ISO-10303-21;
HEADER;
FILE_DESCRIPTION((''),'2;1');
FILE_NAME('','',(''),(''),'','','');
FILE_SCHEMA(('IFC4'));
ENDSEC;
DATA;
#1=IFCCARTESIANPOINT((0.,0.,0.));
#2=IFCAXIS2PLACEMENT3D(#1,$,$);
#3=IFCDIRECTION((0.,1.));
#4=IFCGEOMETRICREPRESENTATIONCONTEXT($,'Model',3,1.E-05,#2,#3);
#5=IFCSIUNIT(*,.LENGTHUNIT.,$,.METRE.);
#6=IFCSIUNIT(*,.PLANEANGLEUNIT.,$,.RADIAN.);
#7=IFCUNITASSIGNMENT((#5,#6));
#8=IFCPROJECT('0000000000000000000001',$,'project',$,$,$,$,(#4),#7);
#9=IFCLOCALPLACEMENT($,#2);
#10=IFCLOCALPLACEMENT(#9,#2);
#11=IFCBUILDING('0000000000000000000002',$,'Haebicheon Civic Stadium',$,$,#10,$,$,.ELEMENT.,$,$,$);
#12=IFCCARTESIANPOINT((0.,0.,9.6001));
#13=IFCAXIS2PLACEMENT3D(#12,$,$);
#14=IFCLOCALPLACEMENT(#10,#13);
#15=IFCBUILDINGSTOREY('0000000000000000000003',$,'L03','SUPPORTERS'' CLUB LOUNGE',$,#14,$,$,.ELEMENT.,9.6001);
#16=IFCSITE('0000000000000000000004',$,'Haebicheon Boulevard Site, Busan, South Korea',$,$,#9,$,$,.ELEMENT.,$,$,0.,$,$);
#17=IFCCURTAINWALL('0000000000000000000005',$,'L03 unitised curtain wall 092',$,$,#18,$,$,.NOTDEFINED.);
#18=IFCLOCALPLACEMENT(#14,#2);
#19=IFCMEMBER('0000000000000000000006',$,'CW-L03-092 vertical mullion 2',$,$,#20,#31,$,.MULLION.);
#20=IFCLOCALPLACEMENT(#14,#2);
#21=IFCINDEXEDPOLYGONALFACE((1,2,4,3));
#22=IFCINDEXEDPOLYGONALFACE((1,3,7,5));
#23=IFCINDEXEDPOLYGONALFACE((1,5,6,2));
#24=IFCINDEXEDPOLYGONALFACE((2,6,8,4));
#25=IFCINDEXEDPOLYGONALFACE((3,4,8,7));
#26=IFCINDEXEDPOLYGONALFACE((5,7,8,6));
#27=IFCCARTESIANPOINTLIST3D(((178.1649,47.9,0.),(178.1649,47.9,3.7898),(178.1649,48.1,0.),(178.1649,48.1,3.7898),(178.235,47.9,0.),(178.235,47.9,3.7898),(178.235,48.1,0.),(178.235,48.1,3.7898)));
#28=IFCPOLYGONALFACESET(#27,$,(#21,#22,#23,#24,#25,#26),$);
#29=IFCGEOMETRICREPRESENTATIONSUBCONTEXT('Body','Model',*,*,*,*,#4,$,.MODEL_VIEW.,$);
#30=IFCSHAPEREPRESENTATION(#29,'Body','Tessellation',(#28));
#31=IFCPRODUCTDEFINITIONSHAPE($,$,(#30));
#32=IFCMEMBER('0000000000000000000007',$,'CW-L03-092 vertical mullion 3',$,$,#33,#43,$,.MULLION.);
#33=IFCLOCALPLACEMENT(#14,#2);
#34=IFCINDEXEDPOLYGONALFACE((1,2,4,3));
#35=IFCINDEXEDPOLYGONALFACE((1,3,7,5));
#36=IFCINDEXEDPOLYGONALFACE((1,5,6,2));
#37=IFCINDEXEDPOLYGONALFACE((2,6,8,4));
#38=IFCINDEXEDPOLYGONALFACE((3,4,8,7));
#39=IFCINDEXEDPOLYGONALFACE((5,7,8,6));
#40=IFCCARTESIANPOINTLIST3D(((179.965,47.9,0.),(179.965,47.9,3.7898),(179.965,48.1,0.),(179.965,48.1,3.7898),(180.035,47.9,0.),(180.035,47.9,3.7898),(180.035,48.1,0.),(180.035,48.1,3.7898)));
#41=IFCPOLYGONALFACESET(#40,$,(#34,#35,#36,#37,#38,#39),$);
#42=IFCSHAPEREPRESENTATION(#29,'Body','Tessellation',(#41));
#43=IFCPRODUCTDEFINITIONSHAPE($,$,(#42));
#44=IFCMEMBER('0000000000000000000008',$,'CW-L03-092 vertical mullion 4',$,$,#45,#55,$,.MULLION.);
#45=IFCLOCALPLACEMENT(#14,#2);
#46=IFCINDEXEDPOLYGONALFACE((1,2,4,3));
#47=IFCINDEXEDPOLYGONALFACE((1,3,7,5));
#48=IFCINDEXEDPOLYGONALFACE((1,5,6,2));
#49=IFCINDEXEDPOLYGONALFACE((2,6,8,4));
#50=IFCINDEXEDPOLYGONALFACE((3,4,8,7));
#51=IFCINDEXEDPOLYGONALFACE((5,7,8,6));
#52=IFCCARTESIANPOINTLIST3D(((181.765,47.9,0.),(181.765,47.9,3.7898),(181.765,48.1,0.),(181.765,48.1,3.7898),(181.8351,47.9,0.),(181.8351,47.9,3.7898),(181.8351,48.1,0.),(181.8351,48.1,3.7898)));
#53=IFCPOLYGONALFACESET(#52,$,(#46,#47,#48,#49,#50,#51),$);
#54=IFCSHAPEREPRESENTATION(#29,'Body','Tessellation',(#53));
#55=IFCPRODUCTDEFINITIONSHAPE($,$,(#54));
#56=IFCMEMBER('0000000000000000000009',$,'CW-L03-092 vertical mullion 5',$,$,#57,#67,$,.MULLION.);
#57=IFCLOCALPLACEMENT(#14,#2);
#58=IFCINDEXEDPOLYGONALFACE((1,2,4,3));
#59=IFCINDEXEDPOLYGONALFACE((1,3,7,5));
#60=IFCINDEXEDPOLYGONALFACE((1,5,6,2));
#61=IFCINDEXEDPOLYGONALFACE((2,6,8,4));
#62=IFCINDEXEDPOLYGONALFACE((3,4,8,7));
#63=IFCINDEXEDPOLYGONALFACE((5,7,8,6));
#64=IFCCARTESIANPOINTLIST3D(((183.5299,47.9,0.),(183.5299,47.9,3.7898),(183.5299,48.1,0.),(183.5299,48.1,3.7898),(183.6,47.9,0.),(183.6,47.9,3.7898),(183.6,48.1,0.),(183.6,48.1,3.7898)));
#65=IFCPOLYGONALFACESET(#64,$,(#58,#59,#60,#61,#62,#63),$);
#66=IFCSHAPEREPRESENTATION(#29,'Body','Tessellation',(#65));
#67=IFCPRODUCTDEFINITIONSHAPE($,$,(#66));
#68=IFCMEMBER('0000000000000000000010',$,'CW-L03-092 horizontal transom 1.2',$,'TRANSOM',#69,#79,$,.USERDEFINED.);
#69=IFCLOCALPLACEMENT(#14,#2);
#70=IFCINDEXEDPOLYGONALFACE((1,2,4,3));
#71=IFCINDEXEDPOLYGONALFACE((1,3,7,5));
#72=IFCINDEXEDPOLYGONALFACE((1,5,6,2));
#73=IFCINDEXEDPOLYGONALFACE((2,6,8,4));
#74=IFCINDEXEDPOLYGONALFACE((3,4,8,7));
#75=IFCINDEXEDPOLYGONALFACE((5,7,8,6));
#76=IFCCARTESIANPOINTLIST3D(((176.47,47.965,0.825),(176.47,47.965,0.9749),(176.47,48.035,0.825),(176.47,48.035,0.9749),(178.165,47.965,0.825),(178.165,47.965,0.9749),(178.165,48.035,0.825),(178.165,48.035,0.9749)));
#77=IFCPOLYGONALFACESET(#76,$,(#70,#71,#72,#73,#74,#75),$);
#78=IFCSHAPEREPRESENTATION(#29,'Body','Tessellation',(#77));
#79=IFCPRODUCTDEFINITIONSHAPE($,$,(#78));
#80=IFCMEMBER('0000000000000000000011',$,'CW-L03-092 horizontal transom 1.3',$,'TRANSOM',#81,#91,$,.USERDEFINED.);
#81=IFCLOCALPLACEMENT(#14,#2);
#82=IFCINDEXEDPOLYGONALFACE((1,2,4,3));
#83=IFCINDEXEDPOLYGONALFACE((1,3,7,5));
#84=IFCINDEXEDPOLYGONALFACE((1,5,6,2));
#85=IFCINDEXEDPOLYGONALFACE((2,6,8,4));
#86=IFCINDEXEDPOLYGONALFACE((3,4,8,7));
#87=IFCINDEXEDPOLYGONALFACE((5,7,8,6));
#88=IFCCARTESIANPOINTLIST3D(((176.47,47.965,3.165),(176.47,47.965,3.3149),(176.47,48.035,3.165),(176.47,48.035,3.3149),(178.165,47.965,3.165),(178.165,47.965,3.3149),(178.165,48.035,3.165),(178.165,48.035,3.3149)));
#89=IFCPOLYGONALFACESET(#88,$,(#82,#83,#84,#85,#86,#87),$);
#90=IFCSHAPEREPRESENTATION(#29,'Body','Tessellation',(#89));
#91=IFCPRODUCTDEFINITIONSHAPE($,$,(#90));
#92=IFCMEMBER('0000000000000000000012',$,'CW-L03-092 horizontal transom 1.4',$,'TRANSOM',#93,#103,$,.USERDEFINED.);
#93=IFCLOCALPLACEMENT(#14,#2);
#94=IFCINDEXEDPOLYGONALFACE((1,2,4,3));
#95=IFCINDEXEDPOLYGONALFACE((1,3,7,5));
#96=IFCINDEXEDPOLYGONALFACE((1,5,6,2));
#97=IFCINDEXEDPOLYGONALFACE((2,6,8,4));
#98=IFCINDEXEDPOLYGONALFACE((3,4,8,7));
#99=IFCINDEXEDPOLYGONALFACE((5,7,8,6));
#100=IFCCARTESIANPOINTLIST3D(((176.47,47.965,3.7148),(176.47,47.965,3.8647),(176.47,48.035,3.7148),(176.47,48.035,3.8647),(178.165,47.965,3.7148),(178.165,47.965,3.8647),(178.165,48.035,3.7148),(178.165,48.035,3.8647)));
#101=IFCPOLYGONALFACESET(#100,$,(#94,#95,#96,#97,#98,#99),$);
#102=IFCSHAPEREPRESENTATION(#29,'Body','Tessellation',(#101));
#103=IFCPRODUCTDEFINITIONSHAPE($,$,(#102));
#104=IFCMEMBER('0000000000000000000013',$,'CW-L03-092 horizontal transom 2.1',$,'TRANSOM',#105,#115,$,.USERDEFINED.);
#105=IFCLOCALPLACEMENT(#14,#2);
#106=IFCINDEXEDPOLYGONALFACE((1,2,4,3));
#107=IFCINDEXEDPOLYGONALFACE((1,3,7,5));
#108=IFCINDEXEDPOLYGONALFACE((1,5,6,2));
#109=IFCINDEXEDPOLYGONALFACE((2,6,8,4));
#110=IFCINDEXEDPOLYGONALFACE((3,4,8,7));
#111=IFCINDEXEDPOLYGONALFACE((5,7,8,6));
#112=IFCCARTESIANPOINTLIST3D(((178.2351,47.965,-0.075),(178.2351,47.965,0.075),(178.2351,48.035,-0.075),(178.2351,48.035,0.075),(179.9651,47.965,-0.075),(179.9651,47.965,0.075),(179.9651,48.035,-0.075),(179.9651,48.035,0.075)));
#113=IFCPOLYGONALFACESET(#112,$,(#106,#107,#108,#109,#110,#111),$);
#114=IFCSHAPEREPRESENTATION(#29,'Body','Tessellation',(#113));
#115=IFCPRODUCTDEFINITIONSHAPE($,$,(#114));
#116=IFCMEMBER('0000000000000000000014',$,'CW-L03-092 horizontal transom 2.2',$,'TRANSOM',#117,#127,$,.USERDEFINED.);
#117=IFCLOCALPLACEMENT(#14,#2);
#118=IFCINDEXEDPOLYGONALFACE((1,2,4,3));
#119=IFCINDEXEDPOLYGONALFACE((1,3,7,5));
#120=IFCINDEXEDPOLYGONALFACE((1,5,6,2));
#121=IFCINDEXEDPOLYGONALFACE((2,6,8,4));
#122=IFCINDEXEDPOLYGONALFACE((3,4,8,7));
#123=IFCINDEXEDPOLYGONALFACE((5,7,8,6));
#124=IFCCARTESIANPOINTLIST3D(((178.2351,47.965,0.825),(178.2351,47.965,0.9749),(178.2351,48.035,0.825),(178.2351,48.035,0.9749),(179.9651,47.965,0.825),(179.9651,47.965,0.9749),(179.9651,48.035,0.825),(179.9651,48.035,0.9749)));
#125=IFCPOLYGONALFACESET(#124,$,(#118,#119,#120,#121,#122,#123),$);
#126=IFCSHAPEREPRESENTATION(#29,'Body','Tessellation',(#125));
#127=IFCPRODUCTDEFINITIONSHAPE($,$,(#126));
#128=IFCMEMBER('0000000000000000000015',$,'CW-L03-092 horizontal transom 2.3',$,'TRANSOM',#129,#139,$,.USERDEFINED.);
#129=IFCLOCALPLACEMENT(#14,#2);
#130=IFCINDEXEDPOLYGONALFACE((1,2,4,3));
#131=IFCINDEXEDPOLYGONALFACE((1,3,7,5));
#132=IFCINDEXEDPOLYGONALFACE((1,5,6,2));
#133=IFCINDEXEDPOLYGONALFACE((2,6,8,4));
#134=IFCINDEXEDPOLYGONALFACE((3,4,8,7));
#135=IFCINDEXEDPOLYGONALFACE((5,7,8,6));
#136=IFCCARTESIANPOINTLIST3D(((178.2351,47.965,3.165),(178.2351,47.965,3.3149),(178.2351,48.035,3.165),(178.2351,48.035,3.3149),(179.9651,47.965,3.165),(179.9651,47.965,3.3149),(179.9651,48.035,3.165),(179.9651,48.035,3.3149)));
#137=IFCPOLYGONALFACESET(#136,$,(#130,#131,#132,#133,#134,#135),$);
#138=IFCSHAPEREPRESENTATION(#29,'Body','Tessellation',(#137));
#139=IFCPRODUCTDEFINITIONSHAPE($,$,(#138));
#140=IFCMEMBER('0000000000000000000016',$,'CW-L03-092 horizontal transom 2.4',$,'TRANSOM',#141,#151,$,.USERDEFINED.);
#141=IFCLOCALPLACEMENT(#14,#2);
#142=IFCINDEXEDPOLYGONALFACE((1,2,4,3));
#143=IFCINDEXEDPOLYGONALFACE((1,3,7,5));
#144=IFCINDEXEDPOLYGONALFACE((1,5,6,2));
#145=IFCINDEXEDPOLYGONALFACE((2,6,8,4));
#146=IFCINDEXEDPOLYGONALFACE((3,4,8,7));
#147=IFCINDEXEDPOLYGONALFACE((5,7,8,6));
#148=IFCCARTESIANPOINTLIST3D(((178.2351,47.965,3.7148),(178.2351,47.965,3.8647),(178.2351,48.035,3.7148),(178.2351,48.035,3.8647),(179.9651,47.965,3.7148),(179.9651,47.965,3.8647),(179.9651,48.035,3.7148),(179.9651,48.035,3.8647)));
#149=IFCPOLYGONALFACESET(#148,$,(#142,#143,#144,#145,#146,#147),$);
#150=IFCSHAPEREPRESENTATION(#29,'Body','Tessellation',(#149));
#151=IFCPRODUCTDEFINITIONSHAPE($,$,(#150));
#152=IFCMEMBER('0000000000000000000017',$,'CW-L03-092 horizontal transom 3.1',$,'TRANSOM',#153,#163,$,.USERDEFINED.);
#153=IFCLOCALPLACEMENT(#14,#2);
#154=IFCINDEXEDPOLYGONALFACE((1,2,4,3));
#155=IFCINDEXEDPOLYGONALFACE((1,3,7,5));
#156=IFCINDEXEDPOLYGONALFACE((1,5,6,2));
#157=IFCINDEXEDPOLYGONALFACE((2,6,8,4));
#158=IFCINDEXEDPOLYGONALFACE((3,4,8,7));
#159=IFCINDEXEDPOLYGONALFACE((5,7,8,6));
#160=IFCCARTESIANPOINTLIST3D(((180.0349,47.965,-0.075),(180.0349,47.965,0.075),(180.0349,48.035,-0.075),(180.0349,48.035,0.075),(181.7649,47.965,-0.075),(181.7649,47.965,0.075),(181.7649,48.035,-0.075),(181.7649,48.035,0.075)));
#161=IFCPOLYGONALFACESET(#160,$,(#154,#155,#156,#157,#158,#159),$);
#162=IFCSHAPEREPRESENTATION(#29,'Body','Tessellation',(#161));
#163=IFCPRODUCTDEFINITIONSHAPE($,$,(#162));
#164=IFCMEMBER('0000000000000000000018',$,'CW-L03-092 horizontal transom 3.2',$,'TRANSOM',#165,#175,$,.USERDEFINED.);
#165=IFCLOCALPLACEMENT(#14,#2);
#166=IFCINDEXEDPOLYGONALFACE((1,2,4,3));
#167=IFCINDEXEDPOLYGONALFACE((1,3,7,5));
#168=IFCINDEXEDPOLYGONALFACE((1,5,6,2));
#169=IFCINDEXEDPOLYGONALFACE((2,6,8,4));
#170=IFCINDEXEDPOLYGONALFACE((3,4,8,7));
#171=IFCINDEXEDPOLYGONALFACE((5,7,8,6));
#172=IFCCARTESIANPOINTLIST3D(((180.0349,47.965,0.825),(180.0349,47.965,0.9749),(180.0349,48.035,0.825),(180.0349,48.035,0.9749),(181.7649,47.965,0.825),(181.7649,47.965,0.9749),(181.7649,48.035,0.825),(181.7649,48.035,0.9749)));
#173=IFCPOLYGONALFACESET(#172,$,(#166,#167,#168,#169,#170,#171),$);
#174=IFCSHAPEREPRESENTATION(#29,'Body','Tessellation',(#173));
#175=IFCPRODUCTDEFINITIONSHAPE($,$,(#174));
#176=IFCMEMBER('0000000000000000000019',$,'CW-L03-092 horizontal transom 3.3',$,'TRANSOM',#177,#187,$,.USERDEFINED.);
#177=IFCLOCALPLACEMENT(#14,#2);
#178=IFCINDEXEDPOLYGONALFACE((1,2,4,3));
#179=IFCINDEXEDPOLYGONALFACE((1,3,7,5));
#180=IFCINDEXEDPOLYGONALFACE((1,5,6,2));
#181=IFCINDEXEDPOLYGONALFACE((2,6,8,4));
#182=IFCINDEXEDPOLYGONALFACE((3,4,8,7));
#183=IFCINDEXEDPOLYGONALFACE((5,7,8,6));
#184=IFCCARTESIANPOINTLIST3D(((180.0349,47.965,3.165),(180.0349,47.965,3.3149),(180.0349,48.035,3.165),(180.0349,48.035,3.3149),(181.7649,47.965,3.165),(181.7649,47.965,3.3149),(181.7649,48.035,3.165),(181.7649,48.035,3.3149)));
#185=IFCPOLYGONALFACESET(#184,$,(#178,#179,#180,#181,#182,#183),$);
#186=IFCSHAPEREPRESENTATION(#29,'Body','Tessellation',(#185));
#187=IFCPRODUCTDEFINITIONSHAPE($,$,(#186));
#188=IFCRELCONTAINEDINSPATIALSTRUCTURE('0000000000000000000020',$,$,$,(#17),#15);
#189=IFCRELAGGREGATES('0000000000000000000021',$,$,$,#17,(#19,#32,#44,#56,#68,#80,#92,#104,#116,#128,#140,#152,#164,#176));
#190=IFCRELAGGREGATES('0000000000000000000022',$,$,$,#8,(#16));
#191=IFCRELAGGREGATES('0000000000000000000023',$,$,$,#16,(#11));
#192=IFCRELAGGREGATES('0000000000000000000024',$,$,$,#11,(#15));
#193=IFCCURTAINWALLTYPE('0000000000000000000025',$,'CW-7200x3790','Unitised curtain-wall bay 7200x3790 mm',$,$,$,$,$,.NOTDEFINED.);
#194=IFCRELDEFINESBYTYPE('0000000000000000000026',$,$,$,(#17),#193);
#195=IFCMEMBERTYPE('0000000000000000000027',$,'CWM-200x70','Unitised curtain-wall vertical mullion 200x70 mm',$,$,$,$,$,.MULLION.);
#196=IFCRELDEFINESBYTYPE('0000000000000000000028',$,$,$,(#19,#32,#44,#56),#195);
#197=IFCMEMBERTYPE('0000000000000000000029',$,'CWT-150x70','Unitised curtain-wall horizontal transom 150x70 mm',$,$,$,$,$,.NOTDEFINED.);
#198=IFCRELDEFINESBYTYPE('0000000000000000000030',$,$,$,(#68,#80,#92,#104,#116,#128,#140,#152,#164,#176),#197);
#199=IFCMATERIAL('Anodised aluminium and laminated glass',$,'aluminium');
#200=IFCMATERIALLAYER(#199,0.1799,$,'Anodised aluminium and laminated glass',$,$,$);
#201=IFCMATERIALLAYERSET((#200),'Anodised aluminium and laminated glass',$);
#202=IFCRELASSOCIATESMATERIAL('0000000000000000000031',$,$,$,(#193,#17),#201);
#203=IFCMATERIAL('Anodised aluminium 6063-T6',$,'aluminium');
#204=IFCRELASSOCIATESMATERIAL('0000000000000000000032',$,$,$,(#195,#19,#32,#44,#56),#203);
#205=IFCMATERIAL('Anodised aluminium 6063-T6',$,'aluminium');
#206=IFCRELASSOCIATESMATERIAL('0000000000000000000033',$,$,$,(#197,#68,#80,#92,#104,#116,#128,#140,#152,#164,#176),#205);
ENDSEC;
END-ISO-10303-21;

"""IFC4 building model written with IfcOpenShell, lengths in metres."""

from ifc_helpers import new_model, si_unit, direction, frame, origin, origin_2d, place, context, subcontext, project, spatial, rectangle, extrude, material, layer, layer_set, material_profile, profile_set, type_object, element, aggregate, save


model = new_model("IFC4")

# Units and contexts
model_context = context("Model", 3, precision=1e-05, world=origin(), true_north=direction((0.0, 1.0)))
body_context = subcontext(model_context, "Body", "Model", "MODEL_VIEW")
ifc_project = project(units=[si_unit("LENGTHUNIT", "METRE"), si_unit("PLANEANGLEUNIT", "RADIAN")], contexts=[model_context])

# Site, building, storey
site_placement = place(None, origin())
site = spatial("IfcSite", under=ifc_project, at=site_placement, Name="Haebicheon Boulevard Site, Busan, South Korea", CompositionType="ELEMENT", RefElevation=0.0)
building_placement = place(site_placement, origin())
building = spatial("IfcBuilding", under=site, at=building_placement, Name="Haebicheon Civic Stadium", CompositionType="ELEMENT")
storey_placement = place(building_placement, frame((0.0, 0.0, 9.6001)))
storey = spatial("IfcBuildingStorey", under=building, at=storey_placement, Name="L03", Description="SUPPORTERS' CLUB LOUNGE", CompositionType="ELEMENT", Elevation=9.6001)

# Curtain wall, members
ifc_material_1 = material(Name="Anodised aluminium and laminated glass", Category="aluminium")
ifc_layer_1 = layer(ifc_material_1, 0.1799, Name="Anodised aluminium and laminated glass")
ifc_layer_set_1 = layer_set([ifc_layer_1], Name="Anodised aluminium and laminated glass")
curtain_wall_type = type_object("IfcCurtainWallType", Name="CW-7200x3790", Description="Unitised curtain-wall bay 7200x3790 mm", PredefinedType="NOTDEFINED", material=ifc_layer_set_1)
curtain_wall_placement = place(storey_placement, origin())
curtain_wall = element("IfcCurtainWall", 1, at=curtain_wall_placement, inside=storey, type_object=curtain_wall_type, material=ifc_layer_set_1, Name="L03 unitised curtain wall 092", PredefinedType="NOTDEFINED")
ifc_material_2 = material(Name="Anodised aluminium 6063-T6", Category="aluminium")
ifc_material_profile_1 = material_profile(ifc_material_2, rectangle(XDim=0.0701, YDim=0.2, at=origin_2d()), Name="ALU-MULL-70x200")
ifc_profile_set_1 = profile_set([ifc_material_profile_1], Name="Anodised aluminium 6063-T6")
member_type_1 = type_object("IfcMemberType", Name="CWM-200x70", Description="Unitised curtain-wall vertical mullion 200x70 mm", PredefinedType="MULLION", material=ifc_profile_set_1)
member_1_placement = place(storey_placement, frame((178.2, 48.0, 0.0), z_axis=(0.0, 0.0, 1.0), x_axis=(1.0, 0.0, 0.0)))
member_1 = element("IfcMember", 2, at=member_1_placement, type_object=member_type_1, material=ifc_profile_set_1, Name="CW-L03-092 vertical mullion 2", PredefinedType="MULLION", context=body_context, shape_type="SweptSolid", body=[
    extrude(rectangle(XDim=0.0701, YDim=0.2, at=origin_2d()), origin(), (0.0, 0.0, 1.0), 3.7898),
])
member_2_placement = place(storey_placement, frame((180.0, 48.0, 0.0), z_axis=(0.0, 0.0, 1.0), x_axis=(1.0, 0.0, 0.0)))
member_2 = element("IfcMember", 3, at=member_2_placement, type_object=member_type_1, material=ifc_profile_set_1, Name="CW-L03-092 vertical mullion 3", PredefinedType="MULLION", context=body_context, shape_type="SweptSolid", body=[
    extrude(rectangle(XDim=0.0701, YDim=0.2, at=origin_2d()), origin(), (0.0, 0.0, 1.0), 3.7898),
])
member_3_placement = place(storey_placement, frame((181.8, 48.0, 0.0), z_axis=(0.0, 0.0, 1.0), x_axis=(1.0, 0.0, 0.0)))
member_3 = element("IfcMember", 4, at=member_3_placement, type_object=member_type_1, material=ifc_profile_set_1, Name="CW-L03-092 vertical mullion 4", PredefinedType="MULLION", context=body_context, shape_type="SweptSolid", body=[
    extrude(rectangle(XDim=0.0701, YDim=0.2, at=origin_2d()), origin(), (0.0, 0.0, 1.0), 3.7898),
])
member_4_placement = place(storey_placement, frame((183.5649, 48.0, 0.0), z_axis=(0.0, 0.0, 1.0), x_axis=(1.0, 0.0, 0.0)))
member_4 = element("IfcMember", 5, at=member_4_placement, type_object=member_type_1, material=ifc_profile_set_1, Name="CW-L03-092 vertical mullion 5", PredefinedType="MULLION", context=body_context, shape_type="SweptSolid", body=[
    extrude(rectangle(XDim=0.0701, YDim=0.2, at=origin_2d()), origin(), (0.0, 0.0, 1.0), 3.7898),
])
ifc_material_3 = material(Name="Anodised aluminium 6063-T6", Category="aluminium")
ifc_material_profile_2 = material_profile(ifc_material_3, rectangle(XDim=0.0701, YDim=0.1499, at=origin_2d()), Name="ALU-TRAN-70x150")
ifc_profile_set_2 = profile_set([ifc_material_profile_2], Name="Anodised aluminium 6063-T6")
member_type_2 = type_object("IfcMemberType", Name="CWT-150x70", Description="Unitised curtain-wall horizontal transom 150x70 mm", PredefinedType="NOTDEFINED", material=ifc_profile_set_2)
member_5_placement = place(storey_placement, frame((176.47, 48.0, 0.8999), z_axis=(1.0, 0.0, 0.0), x_axis=(0.0, 1.0, 0.0)))
member_5 = element("IfcMember", 6, at=member_5_placement, type_object=member_type_2, material=ifc_profile_set_2, Name="CW-L03-092 horizontal transom 1.2", ObjectType="TRANSOM", PredefinedType="USERDEFINED", context=body_context, shape_type="SweptSolid", body=[
    extrude(rectangle(XDim=0.0701, YDim=0.1499, at=origin_2d()), origin(), (0.0, 0.0, 1.0), 1.6951),
])
member_6_placement = place(storey_placement, frame((176.47, 48.0, 3.24), z_axis=(1.0, 0.0, 0.0), x_axis=(0.0, 1.0, 0.0)))
member_6 = element("IfcMember", 7, at=member_6_placement, type_object=member_type_2, material=ifc_profile_set_2, Name="CW-L03-092 horizontal transom 1.3", ObjectType="TRANSOM", PredefinedType="USERDEFINED", context=body_context, shape_type="SweptSolid", body=[
    extrude(rectangle(XDim=0.0701, YDim=0.1499, at=origin_2d()), origin(), (0.0, 0.0, 1.0), 1.6951),
])
member_7_placement = place(storey_placement, frame((176.47, 48.0, 3.7898), z_axis=(1.0, 0.0, 0.0), x_axis=(0.0, 1.0, 0.0)))
member_7 = element("IfcMember", 8, at=member_7_placement, type_object=member_type_2, material=ifc_profile_set_2, Name="CW-L03-092 horizontal transom 1.4", ObjectType="TRANSOM", PredefinedType="USERDEFINED", context=body_context, shape_type="SweptSolid", body=[
    extrude(rectangle(XDim=0.0701, YDim=0.1499, at=origin_2d()), origin(), (0.0, 0.0, 1.0), 1.6951),
])
member_8_placement = place(storey_placement, frame((178.2351, 48.0, 0.0), z_axis=(1.0, 0.0, 0.0), x_axis=(0.0, 1.0, 0.0)))
member_8 = element("IfcMember", 9, at=member_8_placement, type_object=member_type_2, material=ifc_profile_set_2, Name="CW-L03-092 horizontal transom 2.1", ObjectType="TRANSOM", PredefinedType="USERDEFINED", context=body_context, shape_type="SweptSolid", body=[
    extrude(rectangle(XDim=0.0701, YDim=0.1499, at=origin_2d()), origin(), (0.0, 0.0, 1.0), 1.73),
])
member_9_placement = place(storey_placement, frame((178.2351, 48.0, 0.8999), z_axis=(1.0, 0.0, 0.0), x_axis=(0.0, 1.0, 0.0)))
member_9 = element("IfcMember", 10, at=member_9_placement, type_object=member_type_2, material=ifc_profile_set_2, Name="CW-L03-092 horizontal transom 2.2", ObjectType="TRANSOM", PredefinedType="USERDEFINED", context=body_context, shape_type="SweptSolid", body=[
    extrude(rectangle(XDim=0.0701, YDim=0.1499, at=origin_2d()), origin(), (0.0, 0.0, 1.0), 1.73),
])
member_10_placement = place(storey_placement, frame((178.2351, 48.0, 3.24), z_axis=(1.0, 0.0, 0.0), x_axis=(0.0, 1.0, 0.0)))
member_10 = element("IfcMember", 11, at=member_10_placement, type_object=member_type_2, material=ifc_profile_set_2, Name="CW-L03-092 horizontal transom 2.3", ObjectType="TRANSOM", PredefinedType="USERDEFINED", context=body_context, shape_type="SweptSolid", body=[
    extrude(rectangle(XDim=0.0701, YDim=0.1499, at=origin_2d()), origin(), (0.0, 0.0, 1.0), 1.73),
])
member_11_placement = place(storey_placement, frame((178.2351, 48.0, 3.7898), z_axis=(1.0, 0.0, 0.0), x_axis=(0.0, 1.0, 0.0)))
member_11 = element("IfcMember", 12, at=member_11_placement, type_object=member_type_2, material=ifc_profile_set_2, Name="CW-L03-092 horizontal transom 2.4", ObjectType="TRANSOM", PredefinedType="USERDEFINED", context=body_context, shape_type="SweptSolid", body=[
    extrude(rectangle(XDim=0.0701, YDim=0.1499, at=origin_2d()), origin(), (0.0, 0.0, 1.0), 1.73),
])
member_12_placement = place(storey_placement, frame((180.0349, 48.0, 0.0), z_axis=(1.0, 0.0, 0.0), x_axis=(0.0, 1.0, 0.0)))
member_12 = element("IfcMember", 13, at=member_12_placement, type_object=member_type_2, material=ifc_profile_set_2, Name="CW-L03-092 horizontal transom 3.1", ObjectType="TRANSOM", PredefinedType="USERDEFINED", context=body_context, shape_type="SweptSolid", body=[
    extrude(rectangle(XDim=0.0701, YDim=0.1499, at=origin_2d()), origin(), (0.0, 0.0, 1.0), 1.73),
])
member_13_placement = place(storey_placement, frame((180.0349, 48.0, 0.8999), z_axis=(1.0, 0.0, 0.0), x_axis=(0.0, 1.0, 0.0)))
member_13 = element("IfcMember", 14, at=member_13_placement, type_object=member_type_2, material=ifc_profile_set_2, Name="CW-L03-092 horizontal transom 3.2", ObjectType="TRANSOM", PredefinedType="USERDEFINED", context=body_context, shape_type="SweptSolid", body=[
    extrude(rectangle(XDim=0.0701, YDim=0.1499, at=origin_2d()), origin(), (0.0, 0.0, 1.0), 1.73),
])
member_14_placement = place(storey_placement, frame((180.0349, 48.0, 3.24), z_axis=(1.0, 0.0, 0.0), x_axis=(0.0, 1.0, 0.0)))
member_14 = element("IfcMember", 15, at=member_14_placement, type_object=member_type_2, material=ifc_profile_set_2, Name="CW-L03-092 horizontal transom 3.3", ObjectType="TRANSOM", PredefinedType="USERDEFINED", context=body_context, shape_type="SweptSolid", body=[
    extrude(rectangle(XDim=0.0701, YDim=0.1499, at=origin_2d()), origin(), (0.0, 0.0, 1.0), 1.73),
])
aggregate(curtain_wall, [member_1, member_2, member_3, member_4, member_5, member_6, member_7, member_8, member_9, member_10, member_11, member_12, member_13, member_14])

save(model, "model.ifc")
